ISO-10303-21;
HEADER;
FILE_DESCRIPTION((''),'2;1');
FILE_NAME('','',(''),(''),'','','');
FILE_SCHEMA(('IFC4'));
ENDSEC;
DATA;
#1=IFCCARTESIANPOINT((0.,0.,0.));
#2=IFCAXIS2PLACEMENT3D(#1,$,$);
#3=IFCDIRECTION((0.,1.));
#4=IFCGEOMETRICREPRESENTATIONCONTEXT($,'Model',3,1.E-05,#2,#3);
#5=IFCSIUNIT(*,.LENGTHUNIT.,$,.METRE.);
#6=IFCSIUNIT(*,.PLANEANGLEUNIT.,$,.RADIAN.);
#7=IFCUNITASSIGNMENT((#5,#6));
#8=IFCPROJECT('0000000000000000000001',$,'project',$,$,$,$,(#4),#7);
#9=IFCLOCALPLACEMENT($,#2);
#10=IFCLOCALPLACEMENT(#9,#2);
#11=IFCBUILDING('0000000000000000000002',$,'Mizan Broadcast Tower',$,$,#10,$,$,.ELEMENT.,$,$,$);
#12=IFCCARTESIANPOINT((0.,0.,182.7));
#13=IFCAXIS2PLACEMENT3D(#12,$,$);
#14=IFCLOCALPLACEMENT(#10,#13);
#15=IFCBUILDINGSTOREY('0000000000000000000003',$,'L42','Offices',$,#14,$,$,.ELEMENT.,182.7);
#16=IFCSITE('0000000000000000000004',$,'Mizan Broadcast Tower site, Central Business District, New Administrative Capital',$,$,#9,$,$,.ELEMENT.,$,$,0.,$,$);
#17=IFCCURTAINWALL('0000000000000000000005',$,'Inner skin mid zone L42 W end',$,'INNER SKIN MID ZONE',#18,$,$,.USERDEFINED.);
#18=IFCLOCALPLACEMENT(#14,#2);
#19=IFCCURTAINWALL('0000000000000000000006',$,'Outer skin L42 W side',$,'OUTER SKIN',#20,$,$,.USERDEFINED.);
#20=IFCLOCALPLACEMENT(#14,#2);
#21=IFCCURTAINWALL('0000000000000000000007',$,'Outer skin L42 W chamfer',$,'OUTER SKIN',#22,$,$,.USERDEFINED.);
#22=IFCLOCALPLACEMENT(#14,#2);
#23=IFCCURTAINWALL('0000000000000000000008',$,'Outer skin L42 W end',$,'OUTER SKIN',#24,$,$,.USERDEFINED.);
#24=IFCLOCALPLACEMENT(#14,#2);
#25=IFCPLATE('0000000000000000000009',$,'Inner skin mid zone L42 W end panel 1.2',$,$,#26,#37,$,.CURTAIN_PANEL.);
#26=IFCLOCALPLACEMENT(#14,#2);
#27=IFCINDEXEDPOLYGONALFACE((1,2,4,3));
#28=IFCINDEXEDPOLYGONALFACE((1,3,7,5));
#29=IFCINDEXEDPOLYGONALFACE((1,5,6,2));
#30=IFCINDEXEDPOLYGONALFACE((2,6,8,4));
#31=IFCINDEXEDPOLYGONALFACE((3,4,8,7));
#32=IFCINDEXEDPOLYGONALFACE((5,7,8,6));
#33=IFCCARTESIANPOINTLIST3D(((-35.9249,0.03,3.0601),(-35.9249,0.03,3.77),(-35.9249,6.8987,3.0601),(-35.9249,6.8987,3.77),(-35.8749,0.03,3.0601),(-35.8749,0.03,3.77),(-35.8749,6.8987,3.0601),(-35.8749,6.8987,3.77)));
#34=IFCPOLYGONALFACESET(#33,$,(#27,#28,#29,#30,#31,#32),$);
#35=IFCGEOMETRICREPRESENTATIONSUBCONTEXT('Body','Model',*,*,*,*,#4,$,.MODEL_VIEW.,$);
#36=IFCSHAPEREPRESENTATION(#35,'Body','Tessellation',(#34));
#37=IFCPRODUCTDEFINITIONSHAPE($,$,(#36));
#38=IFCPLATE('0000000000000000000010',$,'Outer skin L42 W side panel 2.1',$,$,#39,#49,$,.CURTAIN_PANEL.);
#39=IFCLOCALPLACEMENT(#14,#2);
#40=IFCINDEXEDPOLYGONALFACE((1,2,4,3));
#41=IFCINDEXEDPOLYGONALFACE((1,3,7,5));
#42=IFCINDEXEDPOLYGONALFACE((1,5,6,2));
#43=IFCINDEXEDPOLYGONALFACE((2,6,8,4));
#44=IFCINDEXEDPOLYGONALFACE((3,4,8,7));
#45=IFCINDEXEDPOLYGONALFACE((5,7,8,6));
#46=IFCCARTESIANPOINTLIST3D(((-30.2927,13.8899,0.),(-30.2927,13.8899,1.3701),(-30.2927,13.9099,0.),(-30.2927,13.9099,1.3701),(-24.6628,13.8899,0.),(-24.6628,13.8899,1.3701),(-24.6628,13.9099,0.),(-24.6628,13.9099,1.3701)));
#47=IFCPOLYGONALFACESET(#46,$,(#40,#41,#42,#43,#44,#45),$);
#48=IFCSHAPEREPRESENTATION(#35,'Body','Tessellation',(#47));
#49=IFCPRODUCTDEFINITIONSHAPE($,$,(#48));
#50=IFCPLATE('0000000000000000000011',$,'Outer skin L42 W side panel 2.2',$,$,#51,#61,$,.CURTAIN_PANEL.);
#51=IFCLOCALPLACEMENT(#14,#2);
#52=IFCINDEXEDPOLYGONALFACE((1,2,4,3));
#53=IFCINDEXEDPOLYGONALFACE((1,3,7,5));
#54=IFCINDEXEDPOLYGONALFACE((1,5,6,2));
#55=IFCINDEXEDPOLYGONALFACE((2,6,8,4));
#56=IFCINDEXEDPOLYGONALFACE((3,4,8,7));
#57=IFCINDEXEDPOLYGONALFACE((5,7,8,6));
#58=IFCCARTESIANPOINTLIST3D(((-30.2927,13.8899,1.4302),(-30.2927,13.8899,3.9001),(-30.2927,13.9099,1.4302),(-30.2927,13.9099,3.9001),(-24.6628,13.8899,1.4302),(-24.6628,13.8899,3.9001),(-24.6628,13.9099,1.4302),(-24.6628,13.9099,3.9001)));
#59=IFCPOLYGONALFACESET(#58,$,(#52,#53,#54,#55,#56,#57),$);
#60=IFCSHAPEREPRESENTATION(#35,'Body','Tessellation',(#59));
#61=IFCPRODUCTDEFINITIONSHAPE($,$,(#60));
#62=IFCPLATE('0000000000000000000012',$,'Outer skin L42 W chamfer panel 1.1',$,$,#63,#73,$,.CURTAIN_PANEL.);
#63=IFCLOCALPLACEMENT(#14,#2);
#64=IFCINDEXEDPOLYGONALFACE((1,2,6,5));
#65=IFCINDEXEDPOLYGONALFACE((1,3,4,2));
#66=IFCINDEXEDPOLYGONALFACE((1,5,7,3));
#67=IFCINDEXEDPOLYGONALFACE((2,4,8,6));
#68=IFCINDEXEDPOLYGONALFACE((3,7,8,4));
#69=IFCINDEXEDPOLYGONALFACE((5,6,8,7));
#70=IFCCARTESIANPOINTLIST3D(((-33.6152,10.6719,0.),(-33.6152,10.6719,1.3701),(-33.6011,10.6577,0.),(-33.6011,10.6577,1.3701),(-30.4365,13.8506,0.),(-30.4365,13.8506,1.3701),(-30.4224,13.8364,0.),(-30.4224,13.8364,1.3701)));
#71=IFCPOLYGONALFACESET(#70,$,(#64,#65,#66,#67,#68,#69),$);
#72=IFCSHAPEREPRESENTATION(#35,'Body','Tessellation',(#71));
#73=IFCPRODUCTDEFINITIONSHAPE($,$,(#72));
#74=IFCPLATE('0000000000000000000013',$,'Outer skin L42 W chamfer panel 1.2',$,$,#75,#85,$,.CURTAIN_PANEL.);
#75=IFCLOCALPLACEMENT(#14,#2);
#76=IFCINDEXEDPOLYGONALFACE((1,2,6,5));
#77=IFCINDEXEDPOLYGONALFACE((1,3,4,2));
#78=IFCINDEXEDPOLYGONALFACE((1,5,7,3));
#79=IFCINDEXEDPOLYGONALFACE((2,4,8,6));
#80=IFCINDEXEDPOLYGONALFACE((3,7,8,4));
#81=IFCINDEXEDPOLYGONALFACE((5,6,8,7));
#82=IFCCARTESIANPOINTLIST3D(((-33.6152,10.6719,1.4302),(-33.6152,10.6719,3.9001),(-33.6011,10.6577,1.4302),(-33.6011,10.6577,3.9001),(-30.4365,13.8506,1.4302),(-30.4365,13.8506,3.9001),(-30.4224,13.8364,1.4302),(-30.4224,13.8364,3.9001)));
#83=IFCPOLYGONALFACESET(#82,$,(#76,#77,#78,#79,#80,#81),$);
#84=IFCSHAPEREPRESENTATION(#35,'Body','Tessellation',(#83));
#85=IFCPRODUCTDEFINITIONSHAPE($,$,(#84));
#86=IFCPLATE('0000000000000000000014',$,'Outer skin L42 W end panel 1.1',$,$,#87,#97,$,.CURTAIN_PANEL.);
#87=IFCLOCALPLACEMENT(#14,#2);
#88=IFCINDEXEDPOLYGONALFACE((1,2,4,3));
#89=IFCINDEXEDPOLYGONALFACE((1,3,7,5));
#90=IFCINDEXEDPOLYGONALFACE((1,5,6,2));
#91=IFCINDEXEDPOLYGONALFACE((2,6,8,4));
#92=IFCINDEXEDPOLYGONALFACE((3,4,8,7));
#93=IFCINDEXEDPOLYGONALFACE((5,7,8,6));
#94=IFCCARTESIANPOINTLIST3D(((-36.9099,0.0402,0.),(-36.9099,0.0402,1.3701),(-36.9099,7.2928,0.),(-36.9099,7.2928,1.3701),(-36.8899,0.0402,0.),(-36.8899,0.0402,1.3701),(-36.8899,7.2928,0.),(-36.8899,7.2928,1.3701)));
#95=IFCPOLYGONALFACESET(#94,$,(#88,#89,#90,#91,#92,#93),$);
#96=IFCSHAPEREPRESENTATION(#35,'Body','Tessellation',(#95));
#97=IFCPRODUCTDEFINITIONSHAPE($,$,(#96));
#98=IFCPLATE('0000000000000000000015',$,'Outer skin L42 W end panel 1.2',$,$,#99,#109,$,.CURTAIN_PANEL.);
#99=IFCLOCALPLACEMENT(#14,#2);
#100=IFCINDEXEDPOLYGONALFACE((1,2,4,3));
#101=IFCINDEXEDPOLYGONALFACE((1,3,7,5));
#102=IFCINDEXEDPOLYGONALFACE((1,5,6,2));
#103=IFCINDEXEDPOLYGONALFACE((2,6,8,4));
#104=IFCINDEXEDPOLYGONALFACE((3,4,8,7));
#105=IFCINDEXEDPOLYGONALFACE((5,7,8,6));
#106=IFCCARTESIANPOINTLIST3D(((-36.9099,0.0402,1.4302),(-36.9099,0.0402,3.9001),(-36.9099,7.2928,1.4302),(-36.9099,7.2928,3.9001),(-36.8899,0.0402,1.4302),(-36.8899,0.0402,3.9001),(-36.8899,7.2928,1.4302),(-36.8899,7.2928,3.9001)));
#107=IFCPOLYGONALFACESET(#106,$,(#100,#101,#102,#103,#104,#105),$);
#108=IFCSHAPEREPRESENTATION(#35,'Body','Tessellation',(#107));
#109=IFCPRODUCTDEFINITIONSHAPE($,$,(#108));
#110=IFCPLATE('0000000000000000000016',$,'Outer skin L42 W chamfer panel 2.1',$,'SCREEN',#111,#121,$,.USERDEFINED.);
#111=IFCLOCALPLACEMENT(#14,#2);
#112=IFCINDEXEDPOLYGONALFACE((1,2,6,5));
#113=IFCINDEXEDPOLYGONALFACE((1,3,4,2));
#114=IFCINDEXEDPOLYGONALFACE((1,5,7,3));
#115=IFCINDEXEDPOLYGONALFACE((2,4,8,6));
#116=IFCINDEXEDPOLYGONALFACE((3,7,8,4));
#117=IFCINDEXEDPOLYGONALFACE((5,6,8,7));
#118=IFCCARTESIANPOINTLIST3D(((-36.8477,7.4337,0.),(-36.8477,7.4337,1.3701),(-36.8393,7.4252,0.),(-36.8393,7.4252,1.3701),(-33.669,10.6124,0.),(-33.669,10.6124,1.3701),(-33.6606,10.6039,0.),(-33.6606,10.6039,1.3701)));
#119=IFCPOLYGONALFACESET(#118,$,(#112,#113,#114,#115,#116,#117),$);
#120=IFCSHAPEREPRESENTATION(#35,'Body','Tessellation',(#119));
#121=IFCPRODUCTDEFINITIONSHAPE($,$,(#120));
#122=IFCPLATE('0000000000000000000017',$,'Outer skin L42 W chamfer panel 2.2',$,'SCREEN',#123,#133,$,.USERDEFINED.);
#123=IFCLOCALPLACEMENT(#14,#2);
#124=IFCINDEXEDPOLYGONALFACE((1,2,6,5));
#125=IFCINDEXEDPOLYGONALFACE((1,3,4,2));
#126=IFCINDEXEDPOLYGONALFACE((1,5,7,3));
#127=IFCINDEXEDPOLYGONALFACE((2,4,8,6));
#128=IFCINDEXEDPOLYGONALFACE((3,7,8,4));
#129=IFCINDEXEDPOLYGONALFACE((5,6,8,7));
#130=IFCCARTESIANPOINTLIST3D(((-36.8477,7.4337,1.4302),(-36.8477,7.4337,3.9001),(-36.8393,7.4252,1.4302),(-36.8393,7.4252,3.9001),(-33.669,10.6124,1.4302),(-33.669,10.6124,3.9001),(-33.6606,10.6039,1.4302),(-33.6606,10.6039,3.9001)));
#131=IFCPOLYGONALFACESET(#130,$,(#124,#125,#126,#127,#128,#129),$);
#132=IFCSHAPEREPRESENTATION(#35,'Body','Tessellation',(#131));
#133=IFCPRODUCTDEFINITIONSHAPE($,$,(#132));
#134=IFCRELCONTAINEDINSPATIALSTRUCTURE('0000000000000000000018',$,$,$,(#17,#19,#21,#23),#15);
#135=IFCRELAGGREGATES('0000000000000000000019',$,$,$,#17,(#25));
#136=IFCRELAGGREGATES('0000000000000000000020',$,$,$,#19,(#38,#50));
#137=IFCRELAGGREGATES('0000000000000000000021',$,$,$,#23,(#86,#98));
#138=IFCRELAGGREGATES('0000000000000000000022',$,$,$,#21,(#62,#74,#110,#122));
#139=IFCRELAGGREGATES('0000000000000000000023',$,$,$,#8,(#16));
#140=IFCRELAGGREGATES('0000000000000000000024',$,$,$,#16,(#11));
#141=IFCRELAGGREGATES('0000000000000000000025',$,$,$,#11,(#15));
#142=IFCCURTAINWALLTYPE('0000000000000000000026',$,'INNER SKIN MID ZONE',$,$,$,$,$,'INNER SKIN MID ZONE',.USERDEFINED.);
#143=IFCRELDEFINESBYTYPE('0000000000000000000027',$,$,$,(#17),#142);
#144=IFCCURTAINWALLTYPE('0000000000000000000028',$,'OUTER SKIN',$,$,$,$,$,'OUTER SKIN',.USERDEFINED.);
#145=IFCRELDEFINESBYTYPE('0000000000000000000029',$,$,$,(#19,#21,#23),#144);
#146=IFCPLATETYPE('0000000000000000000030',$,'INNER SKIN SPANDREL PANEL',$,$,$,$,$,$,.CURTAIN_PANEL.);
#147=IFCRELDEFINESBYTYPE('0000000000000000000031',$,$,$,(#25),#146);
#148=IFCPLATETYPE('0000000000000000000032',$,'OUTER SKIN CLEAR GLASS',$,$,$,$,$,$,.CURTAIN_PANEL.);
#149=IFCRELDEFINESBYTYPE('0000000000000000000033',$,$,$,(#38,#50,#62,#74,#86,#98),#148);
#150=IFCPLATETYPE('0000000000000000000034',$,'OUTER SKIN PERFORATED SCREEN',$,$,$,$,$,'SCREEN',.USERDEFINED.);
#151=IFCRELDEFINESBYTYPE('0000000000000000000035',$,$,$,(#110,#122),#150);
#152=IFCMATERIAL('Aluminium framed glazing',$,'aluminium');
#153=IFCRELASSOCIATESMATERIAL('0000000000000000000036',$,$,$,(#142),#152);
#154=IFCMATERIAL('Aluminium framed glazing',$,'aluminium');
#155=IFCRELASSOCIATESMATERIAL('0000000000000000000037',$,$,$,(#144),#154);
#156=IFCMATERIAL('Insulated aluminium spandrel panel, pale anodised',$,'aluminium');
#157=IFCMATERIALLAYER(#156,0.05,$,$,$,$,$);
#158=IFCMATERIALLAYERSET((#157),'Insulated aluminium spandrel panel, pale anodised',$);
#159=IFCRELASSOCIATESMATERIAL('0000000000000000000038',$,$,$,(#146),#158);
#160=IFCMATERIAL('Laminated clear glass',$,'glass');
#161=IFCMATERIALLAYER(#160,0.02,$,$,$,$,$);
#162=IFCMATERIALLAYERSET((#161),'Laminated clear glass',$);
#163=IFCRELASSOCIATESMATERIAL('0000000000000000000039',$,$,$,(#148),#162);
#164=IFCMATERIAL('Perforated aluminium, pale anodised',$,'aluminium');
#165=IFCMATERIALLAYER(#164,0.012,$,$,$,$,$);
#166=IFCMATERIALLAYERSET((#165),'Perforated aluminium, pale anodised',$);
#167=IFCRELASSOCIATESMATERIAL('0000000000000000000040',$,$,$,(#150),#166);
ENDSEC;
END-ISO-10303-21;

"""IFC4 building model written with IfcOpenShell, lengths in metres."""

from ifc_helpers import new_model, si_unit, direction, frame, origin, origin_2d, place, context, subcontext, project, spatial, rectangle, extrude, material, layer, layer_set, type_object, element, aggregate, save


model = new_model("IFC4")

# Units and contexts
model_context = context("Model", 3, precision=1e-05, world=origin(), true_north=direction((0.0, 1.0)))
body_context = subcontext(model_context, "Body", "Model", "MODEL_VIEW")
ifc_project = project(units=[si_unit("LENGTHUNIT", "METRE"), si_unit("PLANEANGLEUNIT", "RADIAN")], contexts=[model_context])

# Site, building, storey
site_placement = place(None, origin())
site = spatial("IfcSite", under=ifc_project, at=site_placement, Name="Mizan Broadcast Tower site, Central Business District, New Administrative Capital", CompositionType="ELEMENT", RefElevation=0.0)
building_placement = place(site_placement, origin())
building = spatial("IfcBuilding", under=site, at=building_placement, Name="Mizan Broadcast Tower", CompositionType="ELEMENT")
storey_placement = place(building_placement, frame((0.0, 0.0, 182.7)))
storey = spatial("IfcBuildingStorey", under=building, at=storey_placement, Name="L42", Description="Offices", CompositionType="ELEMENT", Elevation=182.7)

# Shared definitions
ifc_material_1 = material(Name="Aluminium framed glazing", Category="aluminium")
curtain_wall_type_1 = type_object("IfcCurtainWallType", Name="INNER SKIN MID ZONE", ElementType="INNER SKIN MID ZONE", PredefinedType="USERDEFINED", material=ifc_material_1)

# Curtain walls
curtain_wall_1_placement = place(storey_placement, origin())
curtain_wall_1 = element("IfcCurtainWall", 1, at=curtain_wall_1_placement, inside=storey, type_object=curtain_wall_type_1, Name="Inner skin mid zone L42 W end", ObjectType="INNER SKIN MID ZONE", PredefinedType="USERDEFINED")
ifc_material_2 = material(Name="Aluminium framed glazing", Category="aluminium")
curtain_wall_type_2 = type_object("IfcCurtainWallType", Name="OUTER SKIN", ElementType="OUTER SKIN", PredefinedType="USERDEFINED", material=ifc_material_2)
curtain_wall_2_placement = place(storey_placement, origin())
curtain_wall_2 = element("IfcCurtainWall", 2, at=curtain_wall_2_placement, inside=storey, type_object=curtain_wall_type_2, Name="Outer skin L42 W side", ObjectType="OUTER SKIN", PredefinedType="USERDEFINED")

# Curtain wall
curtain_wall_3_placement = place(storey_placement, origin())
curtain_wall_3 = element("IfcCurtainWall", 3, at=curtain_wall_3_placement, inside=storey, type_object=curtain_wall_type_2, Name="Outer skin L42 W chamfer", ObjectType="OUTER SKIN", PredefinedType="USERDEFINED")

# Curtain wall
curtain_wall_4_placement = place(storey_placement, origin())
curtain_wall_4 = element("IfcCurtainWall", 4, at=curtain_wall_4_placement, inside=storey, type_object=curtain_wall_type_2, Name="Outer skin L42 W end", ObjectType="OUTER SKIN", PredefinedType="USERDEFINED")

# Plates
ifc_material_3 = material(Name="Insulated aluminium spandrel panel, pale anodised", Category="aluminium")
ifc_layer_1 = layer(ifc_material_3, 0.05)
ifc_layer_set_1 = layer_set([ifc_layer_1], Name="Insulated aluminium spandrel panel, pale anodised")
plate_type_1 = type_object("IfcPlateType", Name="INNER SKIN SPANDREL PANEL", PredefinedType="CURTAIN_PANEL", material=ifc_layer_set_1)
plate_1_placement = place(storey_placement, frame((-35.8999, 3.4644, 3.0601), z_axis=(0.0, 0.0, 1.0), x_axis=(0.0, -1.0, 0.0)))
plate_1 = element("IfcPlate", 5, at=plate_1_placement, type_object=plate_type_1, Name="Inner skin mid zone L42 W end panel 1.2", PredefinedType="CURTAIN_PANEL", context=body_context, shape_type="SweptSolid", body=[
    extrude(rectangle(XDim=6.8687, YDim=0.05, at=origin_2d()), origin(), (0.0, 0.0, 1.0), 0.71),
])
aggregate(curtain_wall_1, [plate_1])
ifc_material_4 = material(Name="Laminated clear glass", Category="glass")
ifc_layer_2 = layer(ifc_material_4, 0.02)
ifc_layer_set_2 = layer_set([ifc_layer_2], Name="Laminated clear glass")
plate_type_2 = type_object("IfcPlateType", Name="OUTER SKIN CLEAR GLASS", PredefinedType="CURTAIN_PANEL", material=ifc_layer_set_2)
plate_2_placement = place(storey_placement, frame((-27.4778, 13.8999, 0.0), z_axis=(0.0, 0.0, 1.0), x_axis=(-1.0, 0.0, 0.0)))
plate_2 = element("IfcPlate", 6, at=plate_2_placement, type_object=plate_type_2, Name="Outer skin L42 W side panel 2.1", PredefinedType="CURTAIN_PANEL", context=body_context, shape_type="SweptSolid", body=[
    extrude(rectangle(XDim=5.6299, YDim=0.02, at=origin_2d()), origin(), (0.0, 0.0, 1.0), 1.3701),
])
plate_3_placement = place(storey_placement, frame((-27.4778, 13.8999, 1.4302), z_axis=(0.0, 0.0, 1.0), x_axis=(-1.0, 0.0, 0.0)))
plate_3 = element("IfcPlate", 7, at=plate_3_placement, type_object=plate_type_2, Name="Outer skin L42 W side panel 2.2", PredefinedType="CURTAIN_PANEL", context=body_context, shape_type="SweptSolid", body=[
    extrude(rectangle(XDim=5.6299, YDim=0.02, at=origin_2d()), origin(), (0.0, 0.0, 1.0), 2.47),
])
aggregate(curtain_wall_2, [plate_2, plate_3])
plate_4_placement = place(storey_placement, frame((-32.0188, 12.2542, 0.0), z_axis=(0.0, 0.0, 1.0), x_axis=(-0.707107, -0.707107, 0.0)))
plate_4 = element("IfcPlate", 8, at=plate_4_placement, type_object=plate_type_2, Name="Outer skin L42 W chamfer panel 1.1", PredefinedType="CURTAIN_PANEL", context=body_context, shape_type="SweptSolid", body=[
    extrude(rectangle(XDim=4.4954, YDim=0.02, at=origin_2d()), origin(), (0.0, 0.0, 1.0), 1.3701),
])
plate_5_placement = place(storey_placement, frame((-32.0188, 12.2542, 1.4302), z_axis=(0.0, 0.0, 1.0), x_axis=(-0.707107, -0.707107, 0.0)))
plate_5 = element("IfcPlate", 9, at=plate_5_placement, type_object=plate_type_2, Name="Outer skin L42 W chamfer panel 1.2", PredefinedType="CURTAIN_PANEL", context=body_context, shape_type="SweptSolid", body=[
    extrude(rectangle(XDim=4.4954, YDim=0.02, at=origin_2d()), origin(), (0.0, 0.0, 1.0), 2.47),
])
plate_6_placement = place(storey_placement, frame((-36.8999, 3.6665, 0.0), z_axis=(0.0, 0.0, 1.0), x_axis=(0.0, -1.0, 0.0)))
plate_6 = element("IfcPlate", 10, at=plate_6_placement, type_object=plate_type_2, Name="Outer skin L42 W end panel 1.1", PredefinedType="CURTAIN_PANEL", context=body_context, shape_type="SweptSolid", body=[
    extrude(rectangle(XDim=7.2527, YDim=0.02, at=origin_2d()), origin(), (0.0, 0.0, 1.0), 1.3701),
])
plate_7_placement = place(storey_placement, frame((-36.8999, 3.6665, 1.4302), z_axis=(0.0, 0.0, 1.0), x_axis=(0.0, -1.0, 0.0)))
plate_7 = element("IfcPlate", 11, at=plate_7_placement, type_object=plate_type_2, Name="Outer skin L42 W end panel 1.2", PredefinedType="CURTAIN_PANEL", context=body_context, shape_type="SweptSolid", body=[
    extrude(rectangle(XDim=7.2527, YDim=0.02, at=origin_2d()), origin(), (0.0, 0.0, 1.0), 2.47),
])
aggregate(curtain_wall_4, [plate_6, plate_7])
ifc_material_5 = material(Name="Perforated aluminium, pale anodised", Category="aluminium")
ifc_layer_3 = layer(ifc_material_5, 0.012)
ifc_layer_set_3 = layer_set([ifc_layer_3], Name="Perforated aluminium, pale anodised")
plate_type_3 = type_object("IfcPlateType", Name="OUTER SKIN PERFORATED SCREEN", ElementType="SCREEN", PredefinedType="USERDEFINED", material=ifc_layer_set_3)
plate_8_placement = place(storey_placement, frame((-35.2542, 9.0188, 0.0), z_axis=(0.0, 0.0, 1.0), x_axis=(-0.707107, -0.707107, 0.0)))
plate_8 = element("IfcPlate", 12, at=plate_8_placement, type_object=plate_type_3, Name="Outer skin L42 W chamfer panel 2.1", ObjectType="SCREEN", PredefinedType="USERDEFINED", context=body_context, shape_type="SweptSolid", body=[
    extrude(rectangle(XDim=4.4954, YDim=0.012, at=origin_2d()), origin(), (0.0, 0.0, 1.0), 1.3701),
])
plate_9_placement = place(storey_placement, frame((-35.2542, 9.0188, 1.4302), z_axis=(0.0, 0.0, 1.0), x_axis=(-0.707107, -0.707107, 0.0)))
plate_9 = element("IfcPlate", 13, at=plate_9_placement, type_object=plate_type_3, Name="Outer skin L42 W chamfer panel 2.2", ObjectType="SCREEN", PredefinedType="USERDEFINED", context=body_context, shape_type="SweptSolid", body=[
    extrude(rectangle(XDim=4.4954, YDim=0.012, at=origin_2d()), origin(), (0.0, 0.0, 1.0), 2.47),
])
aggregate(curtain_wall_3, [plate_4, plate_5, plate_8, plate_9])

save(model, "model.ifc")
